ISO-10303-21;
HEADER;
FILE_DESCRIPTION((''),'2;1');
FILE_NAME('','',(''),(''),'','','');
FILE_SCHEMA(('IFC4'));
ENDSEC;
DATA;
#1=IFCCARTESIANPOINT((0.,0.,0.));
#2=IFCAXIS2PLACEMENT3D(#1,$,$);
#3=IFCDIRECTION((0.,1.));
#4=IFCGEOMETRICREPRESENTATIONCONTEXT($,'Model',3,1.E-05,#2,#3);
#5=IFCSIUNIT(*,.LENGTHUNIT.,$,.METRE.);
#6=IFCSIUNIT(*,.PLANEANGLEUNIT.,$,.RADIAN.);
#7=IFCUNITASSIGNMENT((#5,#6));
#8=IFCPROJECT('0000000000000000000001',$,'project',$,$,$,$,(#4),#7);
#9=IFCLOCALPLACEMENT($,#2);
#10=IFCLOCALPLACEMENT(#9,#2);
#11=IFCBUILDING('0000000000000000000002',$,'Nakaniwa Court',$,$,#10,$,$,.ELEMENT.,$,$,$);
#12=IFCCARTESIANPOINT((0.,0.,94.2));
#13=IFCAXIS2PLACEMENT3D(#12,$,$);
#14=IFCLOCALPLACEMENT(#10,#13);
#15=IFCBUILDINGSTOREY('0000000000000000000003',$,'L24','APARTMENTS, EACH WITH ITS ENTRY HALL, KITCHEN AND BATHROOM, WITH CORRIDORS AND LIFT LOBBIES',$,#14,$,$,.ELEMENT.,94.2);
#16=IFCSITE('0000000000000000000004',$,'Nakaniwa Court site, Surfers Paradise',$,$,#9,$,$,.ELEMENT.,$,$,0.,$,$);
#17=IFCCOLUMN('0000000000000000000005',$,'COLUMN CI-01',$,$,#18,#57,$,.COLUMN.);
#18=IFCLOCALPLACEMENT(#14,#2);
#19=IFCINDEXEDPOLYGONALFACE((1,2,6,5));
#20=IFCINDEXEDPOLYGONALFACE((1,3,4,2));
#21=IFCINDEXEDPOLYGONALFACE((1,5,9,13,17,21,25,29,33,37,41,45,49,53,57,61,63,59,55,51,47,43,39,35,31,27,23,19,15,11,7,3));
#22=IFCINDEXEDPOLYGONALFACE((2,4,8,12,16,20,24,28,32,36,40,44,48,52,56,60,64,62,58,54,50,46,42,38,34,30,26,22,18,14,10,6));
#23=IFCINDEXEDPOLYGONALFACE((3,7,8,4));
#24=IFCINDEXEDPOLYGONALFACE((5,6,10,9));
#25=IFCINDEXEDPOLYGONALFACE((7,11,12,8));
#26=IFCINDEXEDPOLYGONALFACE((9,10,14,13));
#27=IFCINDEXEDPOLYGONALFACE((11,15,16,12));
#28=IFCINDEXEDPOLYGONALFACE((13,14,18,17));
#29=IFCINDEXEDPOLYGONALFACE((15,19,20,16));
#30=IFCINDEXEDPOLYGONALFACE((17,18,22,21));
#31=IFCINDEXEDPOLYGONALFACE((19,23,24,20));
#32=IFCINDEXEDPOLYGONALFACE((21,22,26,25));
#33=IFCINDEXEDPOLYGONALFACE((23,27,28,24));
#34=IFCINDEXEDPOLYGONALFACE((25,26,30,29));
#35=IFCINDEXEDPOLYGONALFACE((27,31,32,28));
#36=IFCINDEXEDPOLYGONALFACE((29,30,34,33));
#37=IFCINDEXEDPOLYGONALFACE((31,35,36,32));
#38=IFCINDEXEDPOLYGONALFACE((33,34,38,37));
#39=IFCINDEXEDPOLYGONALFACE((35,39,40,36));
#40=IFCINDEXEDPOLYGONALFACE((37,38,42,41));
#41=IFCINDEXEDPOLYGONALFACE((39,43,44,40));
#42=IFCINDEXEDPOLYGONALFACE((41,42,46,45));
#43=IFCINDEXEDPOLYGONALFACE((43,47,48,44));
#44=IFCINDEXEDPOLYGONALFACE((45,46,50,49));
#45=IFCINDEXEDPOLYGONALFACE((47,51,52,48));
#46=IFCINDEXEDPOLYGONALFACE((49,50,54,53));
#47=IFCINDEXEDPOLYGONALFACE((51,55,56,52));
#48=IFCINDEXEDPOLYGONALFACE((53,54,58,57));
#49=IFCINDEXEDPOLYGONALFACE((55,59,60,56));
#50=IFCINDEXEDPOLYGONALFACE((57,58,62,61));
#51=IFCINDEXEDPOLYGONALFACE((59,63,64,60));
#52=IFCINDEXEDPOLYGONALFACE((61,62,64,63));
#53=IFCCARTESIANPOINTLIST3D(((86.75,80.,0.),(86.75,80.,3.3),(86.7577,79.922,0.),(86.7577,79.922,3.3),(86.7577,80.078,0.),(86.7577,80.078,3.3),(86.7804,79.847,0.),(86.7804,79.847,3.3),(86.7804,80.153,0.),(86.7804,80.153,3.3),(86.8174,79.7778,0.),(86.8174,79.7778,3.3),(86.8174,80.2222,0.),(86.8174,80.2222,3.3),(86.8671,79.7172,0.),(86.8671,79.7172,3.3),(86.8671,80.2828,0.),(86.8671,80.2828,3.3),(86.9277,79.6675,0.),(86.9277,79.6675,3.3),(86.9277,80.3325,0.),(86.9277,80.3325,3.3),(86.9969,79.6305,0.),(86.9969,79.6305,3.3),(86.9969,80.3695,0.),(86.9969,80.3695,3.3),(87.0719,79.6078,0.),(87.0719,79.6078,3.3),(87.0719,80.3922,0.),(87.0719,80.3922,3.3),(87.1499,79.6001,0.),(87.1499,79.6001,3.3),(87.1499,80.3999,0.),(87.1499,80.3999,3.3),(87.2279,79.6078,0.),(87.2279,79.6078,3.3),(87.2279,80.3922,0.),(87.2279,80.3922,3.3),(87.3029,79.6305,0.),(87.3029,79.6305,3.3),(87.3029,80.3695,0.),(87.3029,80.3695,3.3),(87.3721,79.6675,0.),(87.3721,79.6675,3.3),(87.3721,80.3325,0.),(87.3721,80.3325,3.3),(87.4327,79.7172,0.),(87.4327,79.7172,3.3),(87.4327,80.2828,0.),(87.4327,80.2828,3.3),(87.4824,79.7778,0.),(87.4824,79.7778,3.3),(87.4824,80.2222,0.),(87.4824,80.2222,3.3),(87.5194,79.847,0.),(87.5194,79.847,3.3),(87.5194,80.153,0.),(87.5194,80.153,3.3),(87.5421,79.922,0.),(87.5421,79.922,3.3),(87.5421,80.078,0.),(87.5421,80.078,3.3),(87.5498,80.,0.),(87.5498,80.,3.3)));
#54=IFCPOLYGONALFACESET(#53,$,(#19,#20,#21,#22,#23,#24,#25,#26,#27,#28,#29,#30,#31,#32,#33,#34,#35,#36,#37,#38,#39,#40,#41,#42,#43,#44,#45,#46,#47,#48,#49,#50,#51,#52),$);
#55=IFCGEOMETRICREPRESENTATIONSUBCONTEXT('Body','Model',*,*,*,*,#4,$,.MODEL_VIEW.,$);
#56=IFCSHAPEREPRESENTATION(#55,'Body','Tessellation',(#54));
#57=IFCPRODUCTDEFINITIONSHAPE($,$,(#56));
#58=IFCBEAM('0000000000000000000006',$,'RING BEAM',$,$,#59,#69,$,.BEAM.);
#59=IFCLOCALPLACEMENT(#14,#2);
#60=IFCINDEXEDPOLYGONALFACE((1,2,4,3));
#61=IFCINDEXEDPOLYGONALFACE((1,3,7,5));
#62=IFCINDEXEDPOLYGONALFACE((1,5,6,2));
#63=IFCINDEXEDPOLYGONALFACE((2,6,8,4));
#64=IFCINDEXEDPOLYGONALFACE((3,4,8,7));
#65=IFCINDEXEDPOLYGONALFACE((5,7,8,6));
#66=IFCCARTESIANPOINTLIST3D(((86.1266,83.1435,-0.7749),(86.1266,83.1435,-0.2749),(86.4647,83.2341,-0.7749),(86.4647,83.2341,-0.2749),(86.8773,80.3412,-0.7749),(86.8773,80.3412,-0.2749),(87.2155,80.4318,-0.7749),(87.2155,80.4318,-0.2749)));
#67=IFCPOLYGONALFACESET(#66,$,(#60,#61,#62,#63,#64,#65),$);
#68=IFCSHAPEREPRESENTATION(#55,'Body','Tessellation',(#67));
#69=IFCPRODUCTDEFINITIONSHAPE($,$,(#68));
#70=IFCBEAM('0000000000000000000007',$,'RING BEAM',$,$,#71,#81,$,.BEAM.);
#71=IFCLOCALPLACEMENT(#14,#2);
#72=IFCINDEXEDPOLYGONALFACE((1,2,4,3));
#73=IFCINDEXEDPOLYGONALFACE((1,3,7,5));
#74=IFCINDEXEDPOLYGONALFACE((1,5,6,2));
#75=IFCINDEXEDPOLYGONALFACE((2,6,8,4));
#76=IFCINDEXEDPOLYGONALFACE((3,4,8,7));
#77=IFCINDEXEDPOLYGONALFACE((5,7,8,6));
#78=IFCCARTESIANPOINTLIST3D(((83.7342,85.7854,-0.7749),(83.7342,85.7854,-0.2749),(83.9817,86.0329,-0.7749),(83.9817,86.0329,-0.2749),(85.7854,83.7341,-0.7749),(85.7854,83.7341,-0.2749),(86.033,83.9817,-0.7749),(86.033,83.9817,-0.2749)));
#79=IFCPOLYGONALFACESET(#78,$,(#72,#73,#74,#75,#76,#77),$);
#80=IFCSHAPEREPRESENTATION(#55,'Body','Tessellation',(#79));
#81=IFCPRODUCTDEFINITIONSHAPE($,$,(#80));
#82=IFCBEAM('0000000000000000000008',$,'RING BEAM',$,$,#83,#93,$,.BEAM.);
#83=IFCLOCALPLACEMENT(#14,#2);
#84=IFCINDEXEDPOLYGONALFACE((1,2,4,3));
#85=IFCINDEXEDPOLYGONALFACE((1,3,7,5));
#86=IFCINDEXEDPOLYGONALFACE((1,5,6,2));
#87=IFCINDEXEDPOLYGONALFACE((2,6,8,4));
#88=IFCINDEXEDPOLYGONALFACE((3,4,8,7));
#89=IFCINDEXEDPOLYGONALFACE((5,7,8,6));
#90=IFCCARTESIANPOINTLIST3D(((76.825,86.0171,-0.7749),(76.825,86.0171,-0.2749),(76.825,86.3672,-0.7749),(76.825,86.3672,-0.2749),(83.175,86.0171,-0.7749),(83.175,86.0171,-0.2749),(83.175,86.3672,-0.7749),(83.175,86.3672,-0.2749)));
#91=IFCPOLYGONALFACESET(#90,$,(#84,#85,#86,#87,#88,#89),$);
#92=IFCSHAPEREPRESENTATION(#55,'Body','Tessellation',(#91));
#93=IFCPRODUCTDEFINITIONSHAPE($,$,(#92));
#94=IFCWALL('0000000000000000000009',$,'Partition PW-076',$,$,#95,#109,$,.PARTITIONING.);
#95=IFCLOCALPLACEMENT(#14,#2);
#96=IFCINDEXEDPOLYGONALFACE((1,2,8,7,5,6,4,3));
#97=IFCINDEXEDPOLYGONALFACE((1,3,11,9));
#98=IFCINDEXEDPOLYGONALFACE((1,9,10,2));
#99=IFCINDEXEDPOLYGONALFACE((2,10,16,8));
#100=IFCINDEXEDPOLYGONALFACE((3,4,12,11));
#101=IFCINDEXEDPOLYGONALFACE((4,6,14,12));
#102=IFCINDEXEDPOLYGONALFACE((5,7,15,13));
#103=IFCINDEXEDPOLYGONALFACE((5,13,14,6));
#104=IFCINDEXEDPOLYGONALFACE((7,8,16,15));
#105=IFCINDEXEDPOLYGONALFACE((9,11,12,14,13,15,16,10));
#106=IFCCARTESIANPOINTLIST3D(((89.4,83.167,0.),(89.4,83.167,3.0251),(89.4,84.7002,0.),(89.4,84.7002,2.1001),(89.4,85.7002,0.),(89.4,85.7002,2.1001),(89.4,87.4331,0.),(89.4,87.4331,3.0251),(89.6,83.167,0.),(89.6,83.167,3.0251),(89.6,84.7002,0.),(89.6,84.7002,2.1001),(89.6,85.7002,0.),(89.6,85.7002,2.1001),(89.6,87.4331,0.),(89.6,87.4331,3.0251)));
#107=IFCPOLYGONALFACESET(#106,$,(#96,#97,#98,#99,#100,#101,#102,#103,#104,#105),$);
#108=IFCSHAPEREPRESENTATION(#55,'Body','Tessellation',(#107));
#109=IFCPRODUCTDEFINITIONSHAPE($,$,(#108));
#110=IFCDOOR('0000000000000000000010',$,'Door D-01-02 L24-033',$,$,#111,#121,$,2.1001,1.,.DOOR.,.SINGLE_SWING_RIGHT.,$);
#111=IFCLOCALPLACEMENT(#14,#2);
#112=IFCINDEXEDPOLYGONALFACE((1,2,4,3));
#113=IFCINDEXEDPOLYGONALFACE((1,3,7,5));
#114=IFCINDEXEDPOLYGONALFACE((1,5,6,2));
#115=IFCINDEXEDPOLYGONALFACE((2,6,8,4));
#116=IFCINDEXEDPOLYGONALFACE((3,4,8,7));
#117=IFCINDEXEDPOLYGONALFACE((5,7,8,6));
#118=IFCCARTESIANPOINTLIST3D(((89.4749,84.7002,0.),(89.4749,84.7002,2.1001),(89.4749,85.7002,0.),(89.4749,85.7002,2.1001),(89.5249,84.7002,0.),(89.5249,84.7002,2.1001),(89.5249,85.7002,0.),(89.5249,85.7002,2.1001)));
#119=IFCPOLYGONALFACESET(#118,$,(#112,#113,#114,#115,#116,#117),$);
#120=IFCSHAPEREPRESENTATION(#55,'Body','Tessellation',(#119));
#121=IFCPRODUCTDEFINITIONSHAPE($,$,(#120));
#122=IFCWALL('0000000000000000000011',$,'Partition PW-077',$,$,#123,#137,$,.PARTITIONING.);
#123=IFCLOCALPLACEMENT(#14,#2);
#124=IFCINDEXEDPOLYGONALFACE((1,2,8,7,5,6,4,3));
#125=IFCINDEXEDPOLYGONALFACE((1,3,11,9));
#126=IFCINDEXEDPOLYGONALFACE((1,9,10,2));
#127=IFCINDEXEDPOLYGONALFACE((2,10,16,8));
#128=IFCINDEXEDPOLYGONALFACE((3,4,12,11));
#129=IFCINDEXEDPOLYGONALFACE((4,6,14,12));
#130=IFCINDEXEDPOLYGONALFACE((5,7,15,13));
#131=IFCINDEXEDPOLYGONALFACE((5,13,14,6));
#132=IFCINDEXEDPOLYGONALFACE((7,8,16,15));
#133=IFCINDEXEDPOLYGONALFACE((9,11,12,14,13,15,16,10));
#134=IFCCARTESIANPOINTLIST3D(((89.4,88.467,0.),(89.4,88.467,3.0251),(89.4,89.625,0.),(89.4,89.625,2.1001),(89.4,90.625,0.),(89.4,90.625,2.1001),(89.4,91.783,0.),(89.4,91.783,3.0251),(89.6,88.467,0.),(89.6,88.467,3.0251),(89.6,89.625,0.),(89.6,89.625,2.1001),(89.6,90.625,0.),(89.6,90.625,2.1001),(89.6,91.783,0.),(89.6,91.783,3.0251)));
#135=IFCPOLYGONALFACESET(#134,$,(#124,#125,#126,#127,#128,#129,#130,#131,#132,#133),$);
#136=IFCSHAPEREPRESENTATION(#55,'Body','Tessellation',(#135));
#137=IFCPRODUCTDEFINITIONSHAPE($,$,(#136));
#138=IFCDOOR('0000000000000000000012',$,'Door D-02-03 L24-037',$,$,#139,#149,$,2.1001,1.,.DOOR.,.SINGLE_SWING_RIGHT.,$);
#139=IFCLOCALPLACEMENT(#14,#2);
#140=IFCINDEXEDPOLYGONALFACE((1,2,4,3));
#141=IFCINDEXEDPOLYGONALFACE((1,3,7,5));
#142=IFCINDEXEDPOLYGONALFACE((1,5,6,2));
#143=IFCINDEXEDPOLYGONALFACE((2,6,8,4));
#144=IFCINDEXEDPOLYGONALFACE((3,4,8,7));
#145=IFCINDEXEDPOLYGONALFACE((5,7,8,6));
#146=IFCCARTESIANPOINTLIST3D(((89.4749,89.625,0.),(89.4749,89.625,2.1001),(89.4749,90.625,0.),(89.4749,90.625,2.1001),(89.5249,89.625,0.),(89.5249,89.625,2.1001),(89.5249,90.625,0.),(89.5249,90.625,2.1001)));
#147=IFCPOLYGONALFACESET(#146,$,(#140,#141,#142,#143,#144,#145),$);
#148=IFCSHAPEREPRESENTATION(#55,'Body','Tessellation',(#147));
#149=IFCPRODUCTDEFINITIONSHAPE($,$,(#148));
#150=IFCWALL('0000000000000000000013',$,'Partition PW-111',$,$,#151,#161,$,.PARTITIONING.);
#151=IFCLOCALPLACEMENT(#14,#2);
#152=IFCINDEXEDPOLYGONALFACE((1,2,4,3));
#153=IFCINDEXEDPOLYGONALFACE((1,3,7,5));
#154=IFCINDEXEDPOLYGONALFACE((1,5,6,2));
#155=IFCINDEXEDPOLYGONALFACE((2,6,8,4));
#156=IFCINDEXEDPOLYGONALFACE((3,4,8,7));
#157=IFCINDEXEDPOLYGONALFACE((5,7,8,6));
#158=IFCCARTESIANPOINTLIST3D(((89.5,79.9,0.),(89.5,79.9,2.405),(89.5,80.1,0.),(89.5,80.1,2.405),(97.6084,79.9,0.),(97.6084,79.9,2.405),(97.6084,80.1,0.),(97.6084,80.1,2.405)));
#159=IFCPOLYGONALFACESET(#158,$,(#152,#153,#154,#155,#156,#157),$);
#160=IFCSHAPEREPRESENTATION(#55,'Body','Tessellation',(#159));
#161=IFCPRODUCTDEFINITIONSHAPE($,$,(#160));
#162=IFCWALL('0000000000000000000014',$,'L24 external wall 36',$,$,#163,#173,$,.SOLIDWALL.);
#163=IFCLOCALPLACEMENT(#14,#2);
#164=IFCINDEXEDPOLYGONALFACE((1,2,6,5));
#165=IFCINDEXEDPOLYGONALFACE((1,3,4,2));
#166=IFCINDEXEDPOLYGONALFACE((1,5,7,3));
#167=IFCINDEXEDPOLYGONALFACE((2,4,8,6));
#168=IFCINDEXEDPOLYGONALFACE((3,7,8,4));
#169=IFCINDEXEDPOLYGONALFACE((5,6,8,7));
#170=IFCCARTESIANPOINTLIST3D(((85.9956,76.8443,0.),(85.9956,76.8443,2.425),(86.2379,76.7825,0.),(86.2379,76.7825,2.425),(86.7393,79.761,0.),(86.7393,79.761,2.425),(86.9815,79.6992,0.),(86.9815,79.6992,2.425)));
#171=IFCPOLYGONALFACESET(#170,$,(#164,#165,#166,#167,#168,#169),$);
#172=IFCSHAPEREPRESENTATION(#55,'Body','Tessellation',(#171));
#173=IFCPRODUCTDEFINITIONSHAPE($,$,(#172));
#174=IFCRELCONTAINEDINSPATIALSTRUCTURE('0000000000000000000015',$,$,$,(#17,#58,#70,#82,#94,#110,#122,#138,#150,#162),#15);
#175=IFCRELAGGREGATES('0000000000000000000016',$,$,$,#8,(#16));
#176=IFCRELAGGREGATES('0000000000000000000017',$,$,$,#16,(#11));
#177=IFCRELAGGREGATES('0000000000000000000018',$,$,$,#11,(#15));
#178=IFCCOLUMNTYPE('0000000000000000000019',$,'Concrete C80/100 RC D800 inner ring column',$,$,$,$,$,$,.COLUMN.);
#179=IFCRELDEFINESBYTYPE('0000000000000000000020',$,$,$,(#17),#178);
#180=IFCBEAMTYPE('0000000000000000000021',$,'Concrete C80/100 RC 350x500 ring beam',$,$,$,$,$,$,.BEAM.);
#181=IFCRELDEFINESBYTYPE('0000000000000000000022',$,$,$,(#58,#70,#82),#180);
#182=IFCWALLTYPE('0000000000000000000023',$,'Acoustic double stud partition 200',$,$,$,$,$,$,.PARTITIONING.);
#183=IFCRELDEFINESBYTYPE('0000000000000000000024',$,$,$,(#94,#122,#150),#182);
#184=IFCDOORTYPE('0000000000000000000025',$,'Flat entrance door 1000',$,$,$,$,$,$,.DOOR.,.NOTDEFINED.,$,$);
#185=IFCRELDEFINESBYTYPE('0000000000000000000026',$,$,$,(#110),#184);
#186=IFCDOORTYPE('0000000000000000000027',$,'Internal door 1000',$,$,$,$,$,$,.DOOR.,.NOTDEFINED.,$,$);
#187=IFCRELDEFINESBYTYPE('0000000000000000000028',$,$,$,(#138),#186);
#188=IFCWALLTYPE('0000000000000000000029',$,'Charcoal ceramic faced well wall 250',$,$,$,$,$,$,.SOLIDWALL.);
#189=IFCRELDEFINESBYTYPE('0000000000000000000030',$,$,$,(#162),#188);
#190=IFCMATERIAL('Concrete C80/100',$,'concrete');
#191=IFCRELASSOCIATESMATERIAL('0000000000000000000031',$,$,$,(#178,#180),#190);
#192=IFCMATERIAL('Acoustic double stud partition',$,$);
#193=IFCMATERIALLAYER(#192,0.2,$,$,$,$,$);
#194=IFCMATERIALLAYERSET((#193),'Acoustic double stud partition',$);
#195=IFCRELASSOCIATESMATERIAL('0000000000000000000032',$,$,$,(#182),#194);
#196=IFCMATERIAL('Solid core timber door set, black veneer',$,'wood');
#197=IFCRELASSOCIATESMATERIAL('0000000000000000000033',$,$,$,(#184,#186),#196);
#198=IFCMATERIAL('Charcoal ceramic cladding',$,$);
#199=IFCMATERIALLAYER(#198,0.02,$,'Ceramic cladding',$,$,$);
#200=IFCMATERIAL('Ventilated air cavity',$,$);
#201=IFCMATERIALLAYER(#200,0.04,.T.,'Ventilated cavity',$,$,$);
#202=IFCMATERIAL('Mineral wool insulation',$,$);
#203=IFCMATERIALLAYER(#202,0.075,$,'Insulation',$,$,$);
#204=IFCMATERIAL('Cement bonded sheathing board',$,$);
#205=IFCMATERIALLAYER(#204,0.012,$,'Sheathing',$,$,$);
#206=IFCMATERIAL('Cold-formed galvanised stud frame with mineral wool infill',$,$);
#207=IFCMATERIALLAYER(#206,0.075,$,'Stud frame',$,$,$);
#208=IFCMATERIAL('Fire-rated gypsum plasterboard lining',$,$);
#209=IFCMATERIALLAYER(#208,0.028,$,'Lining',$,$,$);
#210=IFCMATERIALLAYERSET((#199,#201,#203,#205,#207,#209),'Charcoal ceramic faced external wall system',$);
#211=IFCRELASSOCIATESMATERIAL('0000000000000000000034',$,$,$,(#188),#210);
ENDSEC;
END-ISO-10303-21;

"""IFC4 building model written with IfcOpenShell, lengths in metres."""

from ifc_helpers import new_model, si_unit, direction, frame, frame_2d, origin, origin_2d, place, context, subcontext, project, spatial, rectangle, circle, extrude, material, layer, layer_set, material_profile, profile_set, type_object, element, fill, save


model = new_model("IFC4")

# Units and contexts
model_context = context("Model", 3, precision=1e-05, world=origin(), true_north=direction((0.0, 1.0)))
body_context = subcontext(model_context, "Body", "Model", "MODEL_VIEW")
ifc_project = project(units=[si_unit("LENGTHUNIT", "METRE"), si_unit("PLANEANGLEUNIT", "RADIAN")], contexts=[model_context])

# Site, building, storey
site_placement = place(None, origin())
site = spatial("IfcSite", under=ifc_project, at=site_placement, Name="Nakaniwa Court site, Surfers Paradise", CompositionType="ELEMENT", RefElevation=0.0)
building_placement = place(site_placement, origin())
building = spatial("IfcBuilding", under=site, at=building_placement, Name="Nakaniwa Court", CompositionType="ELEMENT")
storey_placement = place(building_placement, frame((0.0, 0.0, 94.2)))
storey = spatial("IfcBuildingStorey", under=building, at=storey_placement, Name="L24", Description="APARTMENTS, EACH WITH ITS ENTRY HALL, KITCHEN AND BATHROOM, WITH CORRIDORS AND LIFT LOBBIES", CompositionType="ELEMENT", Elevation=94.2)

# Column
ifc_material_1 = material(Name="Concrete C80/100", Category="concrete")
ifc_material_profile_1 = material_profile(ifc_material_1, circle(Radius=0.3999, at=origin_2d()), Name="Concrete C80/100 RC D800 inner ring column")
ifc_profile_set_1 = profile_set([ifc_material_profile_1], Name="Concrete C80/100")
column_type = type_object("IfcColumnType", Name="Concrete C80/100 RC D800 inner ring column", PredefinedType="COLUMN", material=ifc_profile_set_1)
for number, where, z_axis, x_axis, name in (
    (1, (87.1499, 80.0, 0.0), (0.0, 0.0, 1.0), (0.0, 1.0, 0.0), "COLUMN CI-01"),
):
    element("IfcColumn", number, at=place(storey_placement, frame(where, z_axis=z_axis, x_axis=x_axis)), inside=storey, type_object=column_type, Name=name, PredefinedType="COLUMN", context=body_context, shape_type="SweptSolid", body=[
        extrude(circle(Radius=0.3999, at=origin_2d()), origin(), (0.0, 0.0, 1.0), 3.3),
    ])

# Beams
ifc_material_profile_2 = material_profile(ifc_material_1, rectangle(XDim=0.3501, YDim=0.5, at=origin_2d()), Name="Concrete C80/100 RC 350x500 ring beam")
ifc_profile_set_2 = profile_set([ifc_material_profile_2], Name="Concrete C80/100")
beam_type = type_object("IfcBeamType", Name="Concrete C80/100 RC 350x500 ring beam", PredefinedType="BEAM", material=ifc_profile_set_2)
beam_1_placement = place(storey_placement, frame((87.0464, 80.3865, -0.5249), z_axis=(-0.258778, 0.965937, 0.0), x_axis=(-0.965937, -0.258778, 0.0)))
element("IfcBeam", 2, at=beam_1_placement, inside=storey, type_object=beam_type, Name="RING BEAM", PredefinedType="BEAM", context=body_context, shape_type="SweptSolid", body=[
    extrude(rectangle(XDim=0.3501, YDim=0.5, at=origin_2d()), origin(), (0.0, 0.0, 1.0), 2.9011),
])
beam_2_placement = place(storey_placement, frame((85.9092, 83.8579, -0.5249), z_axis=(-0.707107, 0.707107, 0.0), x_axis=(-0.707107, -0.707107, 0.0)))
element("IfcBeam", 3, at=beam_2_placement, inside=storey, type_object=beam_type, Name="RING BEAM", PredefinedType="BEAM", context=body_context, shape_type="SweptSolid", body=[
    extrude(rectangle(XDim=0.3501, YDim=0.5, at=origin_2d()), origin(), (0.0, 0.0, 1.0), 2.9009),
])
beam_3_placement = place(storey_placement, frame((83.175, 86.1921, -0.5249), z_axis=(-1.0, 0.0, 0.0), x_axis=(0.0, -1.0, 0.0)))
element("IfcBeam", 4, at=beam_3_placement, inside=storey, type_object=beam_type, Name="RING BEAM", PredefinedType="BEAM", context=body_context, shape_type="SweptSolid", body=[
    extrude(rectangle(XDim=0.3501, YDim=0.5, at=origin_2d()), origin(), (0.0, 0.0, 1.0), 6.3501),
])

# Walls, openings, doors
ifc_material_2 = material(Name="Acoustic double stud partition")
ifc_layer_1 = layer(ifc_material_2, 0.2)
ifc_layer_set_1 = layer_set([ifc_layer_1], Name="Acoustic double stud partition")
wall_type_1 = type_object("IfcWallType", Name="Acoustic double stud partition 200", PredefinedType="PARTITIONING", material=ifc_layer_set_1)
wall_1_placement = place(storey_placement, frame((89.5, 87.4331, 0.0), z_axis=(0.0, 0.0, 1.0), x_axis=(0.0, -1.0, 0.0)))
wall_1 = element("IfcWall", 5, at=wall_1_placement, inside=storey, type_object=wall_type_1, Name="Partition PW-076", PredefinedType="PARTITIONING", context=body_context, shape_type="SweptSolid", body=[
    extrude(rectangle(XDim=4.2661, YDim=0.2, at=frame_2d((2.1331, 0.0))), origin(), (0.0, 0.0, 1.0), 3.0251),
])
opening_1_placement = place(wall_1_placement, frame((1.7329, 0.0, 0.0)))
opening_1 = element("IfcOpeningElement", 6, at=opening_1_placement, cuts=wall_1, PredefinedType="OPENING", context=body_context, shape_type="SweptSolid", body=[
    extrude(rectangle(XDim=1.0, YDim=2.1001, at=frame_2d((0.5, 1.05))), frame((0.0, 0.1099, 0.0), z_axis=(0.0, -1.0, 0.0), x_axis=(1.0, 0.0, 0.0)), (0.0, 0.0, 1.0), 0.22),
])
ifc_material_3 = material(Name="Solid core timber door set, black veneer", Category="wood")
door_type_1 = type_object("IfcDoorType", Name="Flat entrance door 1000", OperationType="NOTDEFINED", PredefinedType="DOOR", material=ifc_material_3)
door_1_placement = place(opening_1_placement, origin())
door_1 = element("IfcDoor", 7, at=door_1_placement, inside=storey, type_object=door_type_1, Name="Door D-01-02 L24-033", OperationType="SINGLE_SWING_RIGHT", OverallHeight=2.1001, OverallWidth=1.0, PredefinedType="DOOR", context=body_context, shape_type="SweptSolid", body=[
    extrude(rectangle(XDim=1.0, YDim=2.1001, at=frame_2d((0.5, 1.05))), frame((0.0, 0.0249, 0.0), z_axis=(0.0, -1.0, 0.0), x_axis=(1.0, 0.0, 0.0)), (0.0, 0.0, 1.0), 0.05),
])
fill(opening_1, door_1)
wall_2_placement = place(storey_placement, frame((89.5, 91.783, 0.0), z_axis=(0.0, 0.0, 1.0), x_axis=(0.0, -1.0, 0.0)))
wall_2 = element("IfcWall", 8, at=wall_2_placement, inside=storey, type_object=wall_type_1, Name="Partition PW-077", PredefinedType="PARTITIONING", context=body_context, shape_type="SweptSolid", body=[
    extrude(rectangle(XDim=3.3159, YDim=0.2, at=frame_2d((1.658, 0.0))), origin(), (0.0, 0.0, 1.0), 3.0251),
])
opening_2_placement = place(wall_2_placement, frame((1.158, 0.0, 0.0)))
opening_2 = element("IfcOpeningElement", 9, at=opening_2_placement, cuts=wall_2, PredefinedType="OPENING", context=body_context, shape_type="SweptSolid", body=[
    extrude(rectangle(XDim=1.0, YDim=2.1001, at=frame_2d((0.5, 1.05))), frame((0.0, 0.1099, 0.0), z_axis=(0.0, -1.0, 0.0), x_axis=(1.0, 0.0, 0.0)), (0.0, 0.0, 1.0), 0.22),
])
door_type_2 = type_object("IfcDoorType", Name="Internal door 1000", OperationType="NOTDEFINED", PredefinedType="DOOR", material=ifc_material_3)
door_2_placement = place(opening_2_placement, origin())
door_2 = element("IfcDoor", 10, at=door_2_placement, inside=storey, type_object=door_type_2, Name="Door D-02-03 L24-037", OperationType="SINGLE_SWING_RIGHT", OverallHeight=2.1001, OverallWidth=1.0, PredefinedType="DOOR", context=body_context, shape_type="SweptSolid", body=[
    extrude(rectangle(XDim=1.0, YDim=2.1001, at=frame_2d((0.5, 1.05))), frame((0.0, 0.0249, 0.0), z_axis=(0.0, -1.0, 0.0), x_axis=(1.0, 0.0, 0.0)), (0.0, 0.0, 1.0), 0.05),
])
fill(opening_2, door_2)

# Walls
wall_3_placement = place(storey_placement, frame((89.5, 80.0, 0.0), z_axis=(0.0, 0.0, 1.0), x_axis=(1.0, 0.0, 0.0)))
element("IfcWall", 11, at=wall_3_placement, inside=storey, type_object=wall_type_1, Name="Partition PW-111", PredefinedType="PARTITIONING", context=body_context, shape_type="SweptSolid", body=[
    extrude(rectangle(XDim=8.1084, YDim=0.2, at=frame_2d((4.0542, 0.0))), origin(), (0.0, 0.0, 1.0), 2.405),
])
ifc_material_4 = material(Name="Charcoal ceramic cladding")
ifc_layer_2 = layer(ifc_material_4, 0.02, Name="Ceramic cladding")
ifc_material_5 = material(Name="Ventilated air cavity")
ifc_layer_3 = layer(ifc_material_5, 0.04, ventilated=True, Name="Ventilated cavity")
ifc_material_6 = material(Name="Mineral wool insulation")
ifc_layer_4 = layer(ifc_material_6, 0.075, Name="Insulation")
ifc_material_7 = material(Name="Cement bonded sheathing board")
ifc_layer_5 = layer(ifc_material_7, 0.012, Name="Sheathing")
ifc_material_8 = material(Name="Cold-formed galvanised stud frame with mineral wool infill")
ifc_layer_6 = layer(ifc_material_8, 0.075, Name="Stud frame")
ifc_material_9 = material(Name="Fire-rated gypsum plasterboard lining")
ifc_layer_7 = layer(ifc_material_9, 0.028, Name="Lining")
ifc_layer_set_2 = layer_set([ifc_layer_2, ifc_layer_3, ifc_layer_4, ifc_layer_5, ifc_layer_6, ifc_layer_7], Name="Charcoal ceramic faced external wall system")
wall_type_2 = type_object("IfcWallType", Name="Charcoal ceramic faced well wall 250", PredefinedType="SOLIDWALL", material=ifc_layer_set_2)
wall_4_placement = place(storey_placement, frame((86.8604, 79.73, 0.0), z_axis=(0.0, 0.0, 1.0), x_axis=(-0.247056, -0.969001, 0.0)))
element("IfcWall", 12, at=wall_4_placement, inside=storey, type_object=wall_type_2, Name="L24 external wall 36", PredefinedType="SOLIDWALL", context=body_context, shape_type="SweptSolid", body=[
    extrude(rectangle(XDim=3.01, YDim=0.25, at=frame_2d((1.5049, 0.0))), origin(), (0.0, 0.0, 1.0), 2.425),
])

save(model, "model.ifc")
